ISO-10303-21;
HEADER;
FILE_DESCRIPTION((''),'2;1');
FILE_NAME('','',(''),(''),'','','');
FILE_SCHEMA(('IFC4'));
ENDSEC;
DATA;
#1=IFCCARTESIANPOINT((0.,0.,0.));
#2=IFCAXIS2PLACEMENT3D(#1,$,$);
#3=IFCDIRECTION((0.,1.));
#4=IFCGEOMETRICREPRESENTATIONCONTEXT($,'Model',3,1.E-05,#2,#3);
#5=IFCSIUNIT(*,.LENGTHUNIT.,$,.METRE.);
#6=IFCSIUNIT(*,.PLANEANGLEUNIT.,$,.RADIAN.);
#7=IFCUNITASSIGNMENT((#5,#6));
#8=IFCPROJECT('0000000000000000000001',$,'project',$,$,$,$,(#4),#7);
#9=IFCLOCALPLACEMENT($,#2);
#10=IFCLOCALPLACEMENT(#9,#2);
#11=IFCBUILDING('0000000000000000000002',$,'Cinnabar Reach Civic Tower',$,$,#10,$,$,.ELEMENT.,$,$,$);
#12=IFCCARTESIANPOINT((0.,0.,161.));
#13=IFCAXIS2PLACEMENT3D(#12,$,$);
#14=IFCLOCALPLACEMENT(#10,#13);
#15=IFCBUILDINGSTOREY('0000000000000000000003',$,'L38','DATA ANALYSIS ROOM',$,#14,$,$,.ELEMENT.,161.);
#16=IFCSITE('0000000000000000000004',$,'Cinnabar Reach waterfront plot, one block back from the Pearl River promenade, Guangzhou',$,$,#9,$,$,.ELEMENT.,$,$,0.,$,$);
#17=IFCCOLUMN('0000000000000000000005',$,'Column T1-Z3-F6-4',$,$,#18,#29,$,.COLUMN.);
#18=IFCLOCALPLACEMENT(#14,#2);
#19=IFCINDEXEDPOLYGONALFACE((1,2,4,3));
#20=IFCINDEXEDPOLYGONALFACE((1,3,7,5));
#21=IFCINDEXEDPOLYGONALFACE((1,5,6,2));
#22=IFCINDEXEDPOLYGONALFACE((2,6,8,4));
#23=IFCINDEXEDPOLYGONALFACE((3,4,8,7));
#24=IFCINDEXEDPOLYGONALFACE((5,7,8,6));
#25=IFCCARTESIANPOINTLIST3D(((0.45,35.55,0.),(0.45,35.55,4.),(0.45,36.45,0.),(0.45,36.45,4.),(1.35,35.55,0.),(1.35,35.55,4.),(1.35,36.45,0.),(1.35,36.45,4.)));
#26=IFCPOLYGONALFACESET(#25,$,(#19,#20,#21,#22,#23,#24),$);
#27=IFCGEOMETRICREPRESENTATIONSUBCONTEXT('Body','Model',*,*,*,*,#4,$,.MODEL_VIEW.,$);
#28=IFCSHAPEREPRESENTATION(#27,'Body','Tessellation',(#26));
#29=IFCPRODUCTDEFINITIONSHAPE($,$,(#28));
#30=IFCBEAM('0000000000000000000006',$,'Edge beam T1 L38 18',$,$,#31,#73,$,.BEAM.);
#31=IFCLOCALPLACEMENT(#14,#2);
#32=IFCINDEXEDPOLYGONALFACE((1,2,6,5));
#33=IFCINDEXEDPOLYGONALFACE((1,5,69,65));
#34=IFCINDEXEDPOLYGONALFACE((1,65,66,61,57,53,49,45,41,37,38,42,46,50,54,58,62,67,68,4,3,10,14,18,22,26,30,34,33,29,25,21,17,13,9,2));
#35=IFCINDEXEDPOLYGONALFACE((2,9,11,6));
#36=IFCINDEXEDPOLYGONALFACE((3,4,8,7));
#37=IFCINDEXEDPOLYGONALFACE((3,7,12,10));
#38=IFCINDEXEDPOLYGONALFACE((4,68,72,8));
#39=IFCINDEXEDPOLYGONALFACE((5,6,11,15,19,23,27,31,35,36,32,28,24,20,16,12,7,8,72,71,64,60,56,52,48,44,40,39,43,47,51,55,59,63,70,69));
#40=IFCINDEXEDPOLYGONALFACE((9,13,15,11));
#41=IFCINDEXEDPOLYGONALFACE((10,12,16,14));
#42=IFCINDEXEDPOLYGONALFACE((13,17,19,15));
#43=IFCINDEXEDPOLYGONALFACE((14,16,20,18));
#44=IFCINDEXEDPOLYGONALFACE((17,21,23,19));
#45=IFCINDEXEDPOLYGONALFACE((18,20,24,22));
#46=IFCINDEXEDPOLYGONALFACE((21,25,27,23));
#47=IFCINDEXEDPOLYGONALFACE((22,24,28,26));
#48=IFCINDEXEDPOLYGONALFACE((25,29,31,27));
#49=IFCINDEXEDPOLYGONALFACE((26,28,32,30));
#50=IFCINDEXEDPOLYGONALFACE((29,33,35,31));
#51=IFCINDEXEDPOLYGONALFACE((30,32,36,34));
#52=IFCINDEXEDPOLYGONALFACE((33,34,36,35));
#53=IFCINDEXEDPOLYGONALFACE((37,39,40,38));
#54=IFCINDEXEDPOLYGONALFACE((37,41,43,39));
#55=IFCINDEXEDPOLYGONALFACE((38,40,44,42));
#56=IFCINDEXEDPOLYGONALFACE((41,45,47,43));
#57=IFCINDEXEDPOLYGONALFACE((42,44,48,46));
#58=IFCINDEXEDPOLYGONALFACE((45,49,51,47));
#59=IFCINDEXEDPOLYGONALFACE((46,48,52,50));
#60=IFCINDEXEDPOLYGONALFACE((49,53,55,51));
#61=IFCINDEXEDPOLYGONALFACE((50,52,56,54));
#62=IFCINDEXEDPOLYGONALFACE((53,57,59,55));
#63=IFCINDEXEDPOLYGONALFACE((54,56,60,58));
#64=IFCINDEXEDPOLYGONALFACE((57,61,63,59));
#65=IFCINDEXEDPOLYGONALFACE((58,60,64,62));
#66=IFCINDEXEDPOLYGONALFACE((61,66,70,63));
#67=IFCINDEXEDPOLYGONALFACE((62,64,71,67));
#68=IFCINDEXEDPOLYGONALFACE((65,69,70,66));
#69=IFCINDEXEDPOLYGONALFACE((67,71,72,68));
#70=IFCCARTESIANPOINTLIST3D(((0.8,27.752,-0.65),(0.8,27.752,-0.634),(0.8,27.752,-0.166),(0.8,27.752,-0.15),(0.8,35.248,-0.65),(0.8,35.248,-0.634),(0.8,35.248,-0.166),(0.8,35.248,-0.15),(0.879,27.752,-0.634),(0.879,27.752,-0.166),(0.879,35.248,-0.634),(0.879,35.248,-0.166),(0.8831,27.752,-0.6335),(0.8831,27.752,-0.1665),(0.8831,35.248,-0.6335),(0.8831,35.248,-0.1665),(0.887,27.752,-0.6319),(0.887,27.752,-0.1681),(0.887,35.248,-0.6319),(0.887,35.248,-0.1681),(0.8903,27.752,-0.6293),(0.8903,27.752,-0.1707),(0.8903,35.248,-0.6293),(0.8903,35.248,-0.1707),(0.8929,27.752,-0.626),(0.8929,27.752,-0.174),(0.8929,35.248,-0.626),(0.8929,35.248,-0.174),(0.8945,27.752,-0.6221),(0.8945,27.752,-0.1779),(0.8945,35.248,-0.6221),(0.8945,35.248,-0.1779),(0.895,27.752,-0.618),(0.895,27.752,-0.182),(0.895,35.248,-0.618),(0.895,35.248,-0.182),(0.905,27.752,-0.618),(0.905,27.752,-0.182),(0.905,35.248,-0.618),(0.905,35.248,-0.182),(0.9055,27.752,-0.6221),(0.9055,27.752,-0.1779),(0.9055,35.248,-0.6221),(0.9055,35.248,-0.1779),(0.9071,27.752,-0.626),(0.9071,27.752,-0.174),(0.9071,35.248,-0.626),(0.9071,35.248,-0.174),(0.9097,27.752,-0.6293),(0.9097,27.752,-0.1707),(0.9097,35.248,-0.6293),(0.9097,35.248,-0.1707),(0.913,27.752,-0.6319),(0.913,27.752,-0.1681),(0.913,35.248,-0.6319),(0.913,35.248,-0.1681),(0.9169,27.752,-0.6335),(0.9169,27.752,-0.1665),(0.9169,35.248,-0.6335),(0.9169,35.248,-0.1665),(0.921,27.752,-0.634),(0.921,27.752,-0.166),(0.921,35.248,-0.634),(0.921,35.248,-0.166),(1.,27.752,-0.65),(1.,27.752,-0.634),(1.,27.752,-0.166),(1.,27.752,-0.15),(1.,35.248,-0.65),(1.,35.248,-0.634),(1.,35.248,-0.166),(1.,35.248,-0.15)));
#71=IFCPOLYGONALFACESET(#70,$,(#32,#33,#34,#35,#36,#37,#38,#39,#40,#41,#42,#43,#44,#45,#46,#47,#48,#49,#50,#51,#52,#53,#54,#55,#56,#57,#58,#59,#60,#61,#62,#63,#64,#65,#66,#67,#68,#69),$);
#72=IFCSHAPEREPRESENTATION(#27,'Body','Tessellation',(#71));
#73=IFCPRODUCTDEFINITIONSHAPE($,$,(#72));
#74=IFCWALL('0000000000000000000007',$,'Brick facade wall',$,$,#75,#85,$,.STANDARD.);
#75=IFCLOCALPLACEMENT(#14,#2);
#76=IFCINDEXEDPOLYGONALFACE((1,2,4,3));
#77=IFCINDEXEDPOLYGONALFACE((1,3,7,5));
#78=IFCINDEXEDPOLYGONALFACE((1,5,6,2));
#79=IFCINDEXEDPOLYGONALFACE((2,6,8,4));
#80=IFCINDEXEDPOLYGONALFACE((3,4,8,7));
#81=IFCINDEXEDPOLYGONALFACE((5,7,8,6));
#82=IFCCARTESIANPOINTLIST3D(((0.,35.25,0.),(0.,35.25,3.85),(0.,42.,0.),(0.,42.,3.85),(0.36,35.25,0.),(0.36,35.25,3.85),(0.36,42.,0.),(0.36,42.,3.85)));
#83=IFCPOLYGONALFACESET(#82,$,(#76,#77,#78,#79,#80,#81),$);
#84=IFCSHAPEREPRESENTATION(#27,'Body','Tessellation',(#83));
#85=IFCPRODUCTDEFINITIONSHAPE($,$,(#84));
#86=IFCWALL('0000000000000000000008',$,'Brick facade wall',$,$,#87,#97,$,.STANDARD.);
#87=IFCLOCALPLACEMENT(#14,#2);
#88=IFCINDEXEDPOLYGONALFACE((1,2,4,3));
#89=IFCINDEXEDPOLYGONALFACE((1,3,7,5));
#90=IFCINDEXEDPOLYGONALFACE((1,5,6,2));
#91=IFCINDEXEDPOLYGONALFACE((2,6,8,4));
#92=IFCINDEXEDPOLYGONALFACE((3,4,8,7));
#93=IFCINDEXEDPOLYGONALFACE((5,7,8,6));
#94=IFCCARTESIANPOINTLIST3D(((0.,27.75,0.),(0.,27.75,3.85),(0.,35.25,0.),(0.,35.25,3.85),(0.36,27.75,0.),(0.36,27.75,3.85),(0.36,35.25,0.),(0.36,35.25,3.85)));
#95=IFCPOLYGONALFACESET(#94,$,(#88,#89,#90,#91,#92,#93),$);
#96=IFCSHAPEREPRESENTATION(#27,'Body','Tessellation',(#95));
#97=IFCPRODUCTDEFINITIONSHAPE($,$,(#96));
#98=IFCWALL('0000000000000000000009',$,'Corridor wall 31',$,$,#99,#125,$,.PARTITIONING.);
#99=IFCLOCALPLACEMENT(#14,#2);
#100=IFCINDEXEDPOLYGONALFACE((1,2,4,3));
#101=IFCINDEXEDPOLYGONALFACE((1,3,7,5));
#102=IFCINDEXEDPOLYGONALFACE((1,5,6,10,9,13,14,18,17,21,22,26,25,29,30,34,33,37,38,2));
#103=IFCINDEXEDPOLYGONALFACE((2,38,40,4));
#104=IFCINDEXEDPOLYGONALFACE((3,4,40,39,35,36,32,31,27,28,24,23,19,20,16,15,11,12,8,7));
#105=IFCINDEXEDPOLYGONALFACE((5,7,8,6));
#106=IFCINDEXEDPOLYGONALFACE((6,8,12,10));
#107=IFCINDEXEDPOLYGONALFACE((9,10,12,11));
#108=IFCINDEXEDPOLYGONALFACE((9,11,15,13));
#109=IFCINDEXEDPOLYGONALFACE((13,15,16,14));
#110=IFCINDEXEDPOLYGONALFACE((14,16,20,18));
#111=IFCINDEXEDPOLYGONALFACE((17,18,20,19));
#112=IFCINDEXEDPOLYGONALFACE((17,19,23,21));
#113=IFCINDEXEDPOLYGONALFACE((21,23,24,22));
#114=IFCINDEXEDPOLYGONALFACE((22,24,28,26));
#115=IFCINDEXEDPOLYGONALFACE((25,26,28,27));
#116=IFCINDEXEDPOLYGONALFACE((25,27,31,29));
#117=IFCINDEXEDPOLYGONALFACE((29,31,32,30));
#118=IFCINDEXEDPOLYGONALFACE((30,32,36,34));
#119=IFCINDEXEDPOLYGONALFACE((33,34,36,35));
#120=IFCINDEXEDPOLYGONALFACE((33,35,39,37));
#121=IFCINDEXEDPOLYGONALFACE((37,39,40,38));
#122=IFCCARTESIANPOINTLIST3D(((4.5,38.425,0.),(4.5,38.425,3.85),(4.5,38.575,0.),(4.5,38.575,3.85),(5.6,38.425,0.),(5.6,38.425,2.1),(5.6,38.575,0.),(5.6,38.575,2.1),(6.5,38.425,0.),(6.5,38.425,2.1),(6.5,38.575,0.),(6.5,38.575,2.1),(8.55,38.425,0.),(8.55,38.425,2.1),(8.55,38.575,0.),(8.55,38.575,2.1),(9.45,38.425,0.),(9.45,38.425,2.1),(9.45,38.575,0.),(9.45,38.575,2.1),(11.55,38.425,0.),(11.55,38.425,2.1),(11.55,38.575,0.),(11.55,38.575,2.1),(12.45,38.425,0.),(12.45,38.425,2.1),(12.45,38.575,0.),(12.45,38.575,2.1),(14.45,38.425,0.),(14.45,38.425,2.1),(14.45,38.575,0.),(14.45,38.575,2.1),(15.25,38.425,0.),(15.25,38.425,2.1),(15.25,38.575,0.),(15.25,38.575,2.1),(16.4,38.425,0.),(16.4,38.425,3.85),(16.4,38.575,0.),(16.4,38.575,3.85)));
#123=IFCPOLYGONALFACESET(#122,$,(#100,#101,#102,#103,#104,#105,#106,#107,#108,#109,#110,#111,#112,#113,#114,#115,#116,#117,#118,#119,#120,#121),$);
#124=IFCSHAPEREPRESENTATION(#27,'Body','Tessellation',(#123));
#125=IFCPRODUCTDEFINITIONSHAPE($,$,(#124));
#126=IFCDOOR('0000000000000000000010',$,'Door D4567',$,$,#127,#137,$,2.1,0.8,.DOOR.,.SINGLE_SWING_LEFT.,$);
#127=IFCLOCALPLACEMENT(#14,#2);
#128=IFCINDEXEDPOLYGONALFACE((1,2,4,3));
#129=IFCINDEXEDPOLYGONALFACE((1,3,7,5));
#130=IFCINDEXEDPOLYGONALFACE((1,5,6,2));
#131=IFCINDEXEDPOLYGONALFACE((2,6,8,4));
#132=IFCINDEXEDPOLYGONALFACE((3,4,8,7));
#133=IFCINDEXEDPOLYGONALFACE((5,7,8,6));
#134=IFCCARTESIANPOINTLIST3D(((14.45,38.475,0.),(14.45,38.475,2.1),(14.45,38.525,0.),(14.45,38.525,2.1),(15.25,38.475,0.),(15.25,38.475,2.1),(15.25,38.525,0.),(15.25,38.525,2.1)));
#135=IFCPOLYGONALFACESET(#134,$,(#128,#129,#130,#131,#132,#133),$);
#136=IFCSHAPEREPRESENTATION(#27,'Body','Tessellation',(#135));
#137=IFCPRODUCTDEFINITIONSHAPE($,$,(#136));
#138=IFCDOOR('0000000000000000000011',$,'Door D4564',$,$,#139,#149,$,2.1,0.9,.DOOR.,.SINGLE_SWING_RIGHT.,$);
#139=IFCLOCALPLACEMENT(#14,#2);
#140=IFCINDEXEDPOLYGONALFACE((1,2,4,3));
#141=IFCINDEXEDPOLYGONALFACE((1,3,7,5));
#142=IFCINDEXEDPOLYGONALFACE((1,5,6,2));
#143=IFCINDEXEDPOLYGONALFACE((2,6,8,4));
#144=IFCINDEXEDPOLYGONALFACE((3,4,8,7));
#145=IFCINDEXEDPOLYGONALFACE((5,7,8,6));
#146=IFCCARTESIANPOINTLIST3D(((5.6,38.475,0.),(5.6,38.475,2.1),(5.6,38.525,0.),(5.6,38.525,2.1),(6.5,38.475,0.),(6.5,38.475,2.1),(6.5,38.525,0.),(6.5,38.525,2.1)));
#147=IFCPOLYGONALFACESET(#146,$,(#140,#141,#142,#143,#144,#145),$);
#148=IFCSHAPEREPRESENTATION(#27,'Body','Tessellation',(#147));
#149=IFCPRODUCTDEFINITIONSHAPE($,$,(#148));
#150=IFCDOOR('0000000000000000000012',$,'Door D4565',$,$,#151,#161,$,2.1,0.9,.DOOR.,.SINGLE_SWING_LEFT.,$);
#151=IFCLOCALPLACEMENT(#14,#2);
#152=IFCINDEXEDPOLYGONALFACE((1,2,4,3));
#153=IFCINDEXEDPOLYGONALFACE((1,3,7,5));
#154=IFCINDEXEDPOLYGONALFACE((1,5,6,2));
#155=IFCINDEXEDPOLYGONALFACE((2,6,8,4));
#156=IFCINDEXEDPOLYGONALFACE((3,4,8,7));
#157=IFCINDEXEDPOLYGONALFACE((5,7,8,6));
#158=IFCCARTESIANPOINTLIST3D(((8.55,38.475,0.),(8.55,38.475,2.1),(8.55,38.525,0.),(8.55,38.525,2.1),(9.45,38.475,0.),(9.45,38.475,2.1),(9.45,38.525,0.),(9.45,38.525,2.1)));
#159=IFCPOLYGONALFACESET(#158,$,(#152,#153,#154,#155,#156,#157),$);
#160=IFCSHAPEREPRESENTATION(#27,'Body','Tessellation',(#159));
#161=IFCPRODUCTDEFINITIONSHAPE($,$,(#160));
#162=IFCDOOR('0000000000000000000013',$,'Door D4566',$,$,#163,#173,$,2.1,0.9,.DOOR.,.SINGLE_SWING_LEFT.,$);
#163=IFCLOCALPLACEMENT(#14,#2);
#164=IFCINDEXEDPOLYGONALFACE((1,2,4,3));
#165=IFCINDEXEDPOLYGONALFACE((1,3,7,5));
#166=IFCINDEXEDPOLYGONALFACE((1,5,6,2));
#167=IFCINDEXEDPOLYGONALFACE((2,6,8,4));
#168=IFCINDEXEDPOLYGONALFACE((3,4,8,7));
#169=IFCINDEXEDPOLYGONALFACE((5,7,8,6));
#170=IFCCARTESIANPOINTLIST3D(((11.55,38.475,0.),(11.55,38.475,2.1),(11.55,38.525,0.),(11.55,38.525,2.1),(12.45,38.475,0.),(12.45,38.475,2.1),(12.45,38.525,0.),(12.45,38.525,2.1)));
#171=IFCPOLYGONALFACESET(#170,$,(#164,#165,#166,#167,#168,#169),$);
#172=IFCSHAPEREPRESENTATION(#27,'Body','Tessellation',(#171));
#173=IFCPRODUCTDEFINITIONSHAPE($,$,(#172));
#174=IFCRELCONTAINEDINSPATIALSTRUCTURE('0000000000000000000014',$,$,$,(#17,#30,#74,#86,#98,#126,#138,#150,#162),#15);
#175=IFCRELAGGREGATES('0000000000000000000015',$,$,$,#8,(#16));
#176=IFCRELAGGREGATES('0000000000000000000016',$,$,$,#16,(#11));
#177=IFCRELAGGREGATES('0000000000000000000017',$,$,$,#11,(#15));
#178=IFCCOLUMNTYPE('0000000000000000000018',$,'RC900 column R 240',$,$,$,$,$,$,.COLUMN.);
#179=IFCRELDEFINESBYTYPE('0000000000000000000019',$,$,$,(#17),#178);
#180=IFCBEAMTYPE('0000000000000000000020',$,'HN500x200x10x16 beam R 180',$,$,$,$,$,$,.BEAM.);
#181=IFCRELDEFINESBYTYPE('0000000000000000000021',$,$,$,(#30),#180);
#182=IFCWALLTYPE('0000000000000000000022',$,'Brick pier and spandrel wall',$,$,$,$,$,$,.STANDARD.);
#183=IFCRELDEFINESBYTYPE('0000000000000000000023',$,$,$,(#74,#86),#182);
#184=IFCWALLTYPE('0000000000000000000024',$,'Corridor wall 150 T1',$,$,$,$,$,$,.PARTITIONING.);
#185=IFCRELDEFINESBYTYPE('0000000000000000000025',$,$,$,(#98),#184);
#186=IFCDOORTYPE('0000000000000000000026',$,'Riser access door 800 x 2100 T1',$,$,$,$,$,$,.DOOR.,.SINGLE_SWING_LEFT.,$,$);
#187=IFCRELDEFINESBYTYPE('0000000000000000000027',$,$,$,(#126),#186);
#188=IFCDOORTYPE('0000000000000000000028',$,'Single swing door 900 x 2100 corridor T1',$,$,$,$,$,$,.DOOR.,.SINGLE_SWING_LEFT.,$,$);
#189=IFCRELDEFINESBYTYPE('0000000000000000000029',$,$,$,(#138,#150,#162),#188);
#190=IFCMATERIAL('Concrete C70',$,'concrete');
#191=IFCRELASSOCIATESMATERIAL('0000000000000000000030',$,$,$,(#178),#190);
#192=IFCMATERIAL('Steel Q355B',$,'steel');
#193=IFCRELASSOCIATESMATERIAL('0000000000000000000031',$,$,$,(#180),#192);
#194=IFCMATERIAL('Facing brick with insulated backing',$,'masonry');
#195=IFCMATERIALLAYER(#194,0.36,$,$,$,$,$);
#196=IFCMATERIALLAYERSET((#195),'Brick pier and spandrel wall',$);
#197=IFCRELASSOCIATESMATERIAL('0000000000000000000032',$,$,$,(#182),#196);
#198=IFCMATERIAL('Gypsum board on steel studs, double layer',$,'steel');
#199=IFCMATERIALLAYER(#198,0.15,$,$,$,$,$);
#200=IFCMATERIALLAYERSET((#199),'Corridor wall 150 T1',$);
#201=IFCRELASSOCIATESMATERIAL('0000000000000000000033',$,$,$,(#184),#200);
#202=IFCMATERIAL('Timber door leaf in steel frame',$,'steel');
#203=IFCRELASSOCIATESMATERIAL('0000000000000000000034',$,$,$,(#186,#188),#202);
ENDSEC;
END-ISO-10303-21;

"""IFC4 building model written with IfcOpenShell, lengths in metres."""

from ifc_helpers import new_model, si_unit, direction, frame, frame_2d, origin, origin_2d, place, context, subcontext, project, spatial, rectangle, i_section, extrude, material, layer, layer_set, material_profile, profile_set, type_object, element, fill, save


model = new_model("IFC4")

# Units and contexts
model_context = context("Model", 3, precision=1e-05, world=origin(), true_north=direction((0.0, 1.0)))
body_context = subcontext(model_context, "Body", "Model", "MODEL_VIEW")
ifc_project = project(units=[si_unit("LENGTHUNIT", "METRE"), si_unit("PLANEANGLEUNIT", "RADIAN")], contexts=[model_context])

# Site, building, storey
site_placement = place(None, origin())
site = spatial("IfcSite", under=ifc_project, at=site_placement, Name="Cinnabar Reach waterfront plot, one block back from the Pearl River promenade, Guangzhou", CompositionType="ELEMENT", RefElevation=0.0)
building_placement = place(site_placement, origin())
building = spatial("IfcBuilding", under=site, at=building_placement, Name="Cinnabar Reach Civic Tower", CompositionType="ELEMENT")
storey_placement = place(building_placement, frame((0.0, 0.0, 161.0)))
storey = spatial("IfcBuildingStorey", under=building, at=storey_placement, Name="L38", Description="DATA ANALYSIS ROOM", CompositionType="ELEMENT", Elevation=161.0)

# Column
ifc_material_1 = material(Name="Concrete C70", Category="concrete")
ifc_material_profile_1 = material_profile(ifc_material_1, rectangle(XDim=0.9, YDim=0.9, at=origin_2d()), Name="RC900")
ifc_profile_set_1 = profile_set([ifc_material_profile_1], Name="Concrete C70")
column_type = type_object("IfcColumnType", Name="RC900 column R 240", PredefinedType="COLUMN", material=ifc_profile_set_1)
column_placement = place(storey_placement, frame((0.9, 36.0, 0.0), z_axis=(0.0, 0.0, 1.0), x_axis=(1.0, 0.0, 0.0)))
element("IfcColumn", 1, at=column_placement, inside=storey, type_object=column_type, Name="Column T1-Z3-F6-4", PredefinedType="COLUMN", context=body_context, shape_type="SweptSolid", body=[
    extrude(rectangle(XDim=0.9, YDim=0.9, at=origin_2d()), origin(), (0.0, 0.0, 1.0), 4.0),
])

# Beam
ifc_material_2 = material(Name="Steel Q355B", Category="steel")
ifc_material_profile_2 = material_profile(ifc_material_2, i_section(OverallWidth=0.2, OverallDepth=0.5, WebThickness=0.01, FlangeThickness=0.016, FilletRadius=0.016, at=origin_2d()), Name="HN500x200x10x16")
ifc_profile_set_2 = profile_set([ifc_material_profile_2], Name="Steel Q355B")
beam_type = type_object("IfcBeamType", Name="HN500x200x10x16 beam R 180", PredefinedType="BEAM", material=ifc_profile_set_2)
beam_placement = place(storey_placement, frame((0.9, 35.248, -0.4), z_axis=(0.0, -1.0, 0.0), x_axis=(1.0, 0.0, 0.0)))
element("IfcBeam", 2, at=beam_placement, inside=storey, type_object=beam_type, Name="Edge beam T1 L38 18", PredefinedType="BEAM", context=body_context, shape_type="SweptSolid", body=[
    extrude(i_section(OverallWidth=0.2, OverallDepth=0.5, WebThickness=0.01, FlangeThickness=0.016, FilletRadius=0.016, at=origin_2d()), origin(), (0.0, 0.0, 1.0), 7.496),
])

# Walls
ifc_material_3 = material(Name="Facing brick with insulated backing", Category="masonry")
ifc_layer_1 = layer(ifc_material_3, 0.36)
ifc_layer_set_1 = layer_set([ifc_layer_1], Name="Brick pier and spandrel wall")
wall_type_1 = type_object("IfcWallType", Name="Brick pier and spandrel wall", PredefinedType="STANDARD", material=ifc_layer_set_1)
wall_1_placement = place(storey_placement, frame((0.18, 42.0, 0.0), z_axis=(0.0, 0.0, 1.0), x_axis=(0.0, -1.0, 0.0)))
element("IfcWall", 3, at=wall_1_placement, inside=storey, type_object=wall_type_1, Name="Brick facade wall", PredefinedType="STANDARD", context=body_context, shape_type="SweptSolid", body=[
    extrude(rectangle(XDim=6.75, YDim=0.36, at=frame_2d((3.375, 0.0))), origin(), (0.0, 0.0, 1.0), 3.85),
])
wall_2_placement = place(storey_placement, frame((0.18, 35.25, 0.0), z_axis=(0.0, 0.0, 1.0), x_axis=(0.0, -1.0, 0.0)))
element("IfcWall", 4, at=wall_2_placement, inside=storey, type_object=wall_type_1, Name="Brick facade wall", PredefinedType="STANDARD", context=body_context, shape_type="SweptSolid", body=[
    extrude(rectangle(XDim=7.5, YDim=0.36, at=frame_2d((3.75, 0.0))), origin(), (0.0, 0.0, 1.0), 3.85),
])

# Wall, openings, doors
ifc_material_4 = material(Name="Gypsum board on steel studs, double layer", Category="steel")
ifc_layer_2 = layer(ifc_material_4, 0.15)
ifc_layer_set_2 = layer_set([ifc_layer_2], Name="Corridor wall 150 T1")
wall_type_2 = type_object("IfcWallType", Name="Corridor wall 150 T1", PredefinedType="PARTITIONING", material=ifc_layer_set_2)
wall_3_placement = place(storey_placement, frame((4.5, 38.5, 0.0), z_axis=(0.0, 0.0, 1.0), x_axis=(1.0, 0.0, 0.0)))
wall_3 = element("IfcWall", 5, at=wall_3_placement, inside=storey, type_object=wall_type_2, Name="Corridor wall 31", PredefinedType="PARTITIONING", context=body_context, shape_type="SweptSolid", body=[
    extrude(rectangle(XDim=11.9, YDim=0.15, at=frame_2d((5.95, 0.0))), origin(), (0.0, 0.0, 1.0), 3.85),
])
opening_1_placement = place(wall_3_placement, frame((1.1, 0.0, 0.0)))
opening_1 = element("IfcOpeningElement", 6, at=opening_1_placement, cuts=wall_3, PredefinedType="OPENING", context=body_context, shape_type="SweptSolid", body=[
    extrude(rectangle(XDim=0.9, YDim=2.1, at=frame_2d((0.45, 1.05))), frame((0.0, 0.085, 0.0), z_axis=(0.0, -1.0, 0.0), x_axis=(1.0, 0.0, 0.0)), (0.0, 0.0, 1.0), 0.17),
])
opening_2_placement = place(wall_3_placement, frame((4.05, 0.0, 0.0)))
opening_2 = element("IfcOpeningElement", 7, at=opening_2_placement, cuts=wall_3, PredefinedType="OPENING", context=body_context, shape_type="SweptSolid", body=[
    extrude(rectangle(XDim=0.9, YDim=2.1, at=frame_2d((0.45, 1.05))), frame((0.0, 0.085, 0.0), z_axis=(0.0, -1.0, 0.0), x_axis=(1.0, 0.0, 0.0)), (0.0, 0.0, 1.0), 0.17),
])
opening_3_placement = place(wall_3_placement, frame((7.05, 0.0, 0.0)))
opening_3 = element("IfcOpeningElement", 8, at=opening_3_placement, cuts=wall_3, PredefinedType="OPENING", context=body_context, shape_type="SweptSolid", body=[
    extrude(rectangle(XDim=0.9, YDim=2.1, at=frame_2d((0.45, 1.05))), frame((0.0, 0.085, 0.0), z_axis=(0.0, -1.0, 0.0), x_axis=(1.0, 0.0, 0.0)), (0.0, 0.0, 1.0), 0.17),
])
opening_4_placement = place(wall_3_placement, frame((9.95, 0.0, 0.0)))
opening_4 = element("IfcOpeningElement", 9, at=opening_4_placement, cuts=wall_3, PredefinedType="OPENING", context=body_context, shape_type="SweptSolid", body=[
    extrude(rectangle(XDim=0.8, YDim=2.1, at=frame_2d((0.4, 1.05))), frame((0.0, 0.085, 0.0), z_axis=(0.0, -1.0, 0.0), x_axis=(1.0, 0.0, 0.0)), (0.0, 0.0, 1.0), 0.17),
])
ifc_material_5 = material(Name="Timber door leaf in steel frame", Category="steel")
door_type_1 = type_object("IfcDoorType", Name="Riser access door 800 x 2100 T1", OperationType="SINGLE_SWING_LEFT", PredefinedType="DOOR", material=ifc_material_5)
door_1_placement = place(opening_4_placement, origin())
door_1 = element("IfcDoor", 10, at=door_1_placement, inside=storey, type_object=door_type_1, Name="Door D4567", OperationType="SINGLE_SWING_LEFT", OverallHeight=2.1, OverallWidth=0.8, PredefinedType="DOOR", context=body_context, shape_type="SweptSolid", body=[
    extrude(rectangle(XDim=0.8, YDim=2.1, at=frame_2d((0.4, 1.05))), frame((0.0, 0.025, 0.0), z_axis=(0.0, -1.0, 0.0), x_axis=(1.0, 0.0, 0.0)), (0.0, 0.0, 1.0), 0.05),
])
fill(opening_4, door_1)
door_type_2 = type_object("IfcDoorType", Name="Single swing door 900 x 2100 corridor T1", OperationType="SINGLE_SWING_LEFT", PredefinedType="DOOR", material=ifc_material_5)
door_2_placement = place(opening_1_placement, origin())
door_2 = element("IfcDoor", 11, at=door_2_placement, inside=storey, type_object=door_type_2, Name="Door D4564", OperationType="SINGLE_SWING_RIGHT", OverallHeight=2.1, OverallWidth=0.9, PredefinedType="DOOR", context=body_context, shape_type="SweptSolid", body=[
    extrude(rectangle(XDim=0.9, YDim=2.1, at=frame_2d((0.45, 1.05))), frame((0.0, 0.025, 0.0), z_axis=(0.0, -1.0, 0.0), x_axis=(1.0, 0.0, 0.0)), (0.0, 0.0, 1.0), 0.05),
])
fill(opening_1, door_2)
door_3_placement = place(opening_2_placement, origin())
door_3 = element("IfcDoor", 12, at=door_3_placement, inside=storey, type_object=door_type_2, Name="Door D4565", OperationType="SINGLE_SWING_LEFT", OverallHeight=2.1, OverallWidth=0.9, PredefinedType="DOOR", context=body_context, shape_type="SweptSolid", body=[
    extrude(rectangle(XDim=0.9, YDim=2.1, at=frame_2d((0.45, 1.05))), frame((0.0, 0.025, 0.0), z_axis=(0.0, -1.0, 0.0), x_axis=(1.0, 0.0, 0.0)), (0.0, 0.0, 1.0), 0.05),
])
fill(opening_2, door_3)
door_4_placement = place(opening_3_placement, origin())
door_4 = element("IfcDoor", 13, at=door_4_placement, inside=storey, type_object=door_type_2, Name="Door D4566", OperationType="SINGLE_SWING_LEFT", OverallHeight=2.1, OverallWidth=0.9, PredefinedType="DOOR", context=body_context, shape_type="SweptSolid", body=[
    extrude(rectangle(XDim=0.9, YDim=2.1, at=frame_2d((0.45, 1.05))), frame((0.0, 0.025, 0.0), z_axis=(0.0, -1.0, 0.0), x_axis=(1.0, 0.0, 0.0)), (0.0, 0.0, 1.0), 0.05),
])
fill(opening_3, door_4)

save(model, "model.ifc")
